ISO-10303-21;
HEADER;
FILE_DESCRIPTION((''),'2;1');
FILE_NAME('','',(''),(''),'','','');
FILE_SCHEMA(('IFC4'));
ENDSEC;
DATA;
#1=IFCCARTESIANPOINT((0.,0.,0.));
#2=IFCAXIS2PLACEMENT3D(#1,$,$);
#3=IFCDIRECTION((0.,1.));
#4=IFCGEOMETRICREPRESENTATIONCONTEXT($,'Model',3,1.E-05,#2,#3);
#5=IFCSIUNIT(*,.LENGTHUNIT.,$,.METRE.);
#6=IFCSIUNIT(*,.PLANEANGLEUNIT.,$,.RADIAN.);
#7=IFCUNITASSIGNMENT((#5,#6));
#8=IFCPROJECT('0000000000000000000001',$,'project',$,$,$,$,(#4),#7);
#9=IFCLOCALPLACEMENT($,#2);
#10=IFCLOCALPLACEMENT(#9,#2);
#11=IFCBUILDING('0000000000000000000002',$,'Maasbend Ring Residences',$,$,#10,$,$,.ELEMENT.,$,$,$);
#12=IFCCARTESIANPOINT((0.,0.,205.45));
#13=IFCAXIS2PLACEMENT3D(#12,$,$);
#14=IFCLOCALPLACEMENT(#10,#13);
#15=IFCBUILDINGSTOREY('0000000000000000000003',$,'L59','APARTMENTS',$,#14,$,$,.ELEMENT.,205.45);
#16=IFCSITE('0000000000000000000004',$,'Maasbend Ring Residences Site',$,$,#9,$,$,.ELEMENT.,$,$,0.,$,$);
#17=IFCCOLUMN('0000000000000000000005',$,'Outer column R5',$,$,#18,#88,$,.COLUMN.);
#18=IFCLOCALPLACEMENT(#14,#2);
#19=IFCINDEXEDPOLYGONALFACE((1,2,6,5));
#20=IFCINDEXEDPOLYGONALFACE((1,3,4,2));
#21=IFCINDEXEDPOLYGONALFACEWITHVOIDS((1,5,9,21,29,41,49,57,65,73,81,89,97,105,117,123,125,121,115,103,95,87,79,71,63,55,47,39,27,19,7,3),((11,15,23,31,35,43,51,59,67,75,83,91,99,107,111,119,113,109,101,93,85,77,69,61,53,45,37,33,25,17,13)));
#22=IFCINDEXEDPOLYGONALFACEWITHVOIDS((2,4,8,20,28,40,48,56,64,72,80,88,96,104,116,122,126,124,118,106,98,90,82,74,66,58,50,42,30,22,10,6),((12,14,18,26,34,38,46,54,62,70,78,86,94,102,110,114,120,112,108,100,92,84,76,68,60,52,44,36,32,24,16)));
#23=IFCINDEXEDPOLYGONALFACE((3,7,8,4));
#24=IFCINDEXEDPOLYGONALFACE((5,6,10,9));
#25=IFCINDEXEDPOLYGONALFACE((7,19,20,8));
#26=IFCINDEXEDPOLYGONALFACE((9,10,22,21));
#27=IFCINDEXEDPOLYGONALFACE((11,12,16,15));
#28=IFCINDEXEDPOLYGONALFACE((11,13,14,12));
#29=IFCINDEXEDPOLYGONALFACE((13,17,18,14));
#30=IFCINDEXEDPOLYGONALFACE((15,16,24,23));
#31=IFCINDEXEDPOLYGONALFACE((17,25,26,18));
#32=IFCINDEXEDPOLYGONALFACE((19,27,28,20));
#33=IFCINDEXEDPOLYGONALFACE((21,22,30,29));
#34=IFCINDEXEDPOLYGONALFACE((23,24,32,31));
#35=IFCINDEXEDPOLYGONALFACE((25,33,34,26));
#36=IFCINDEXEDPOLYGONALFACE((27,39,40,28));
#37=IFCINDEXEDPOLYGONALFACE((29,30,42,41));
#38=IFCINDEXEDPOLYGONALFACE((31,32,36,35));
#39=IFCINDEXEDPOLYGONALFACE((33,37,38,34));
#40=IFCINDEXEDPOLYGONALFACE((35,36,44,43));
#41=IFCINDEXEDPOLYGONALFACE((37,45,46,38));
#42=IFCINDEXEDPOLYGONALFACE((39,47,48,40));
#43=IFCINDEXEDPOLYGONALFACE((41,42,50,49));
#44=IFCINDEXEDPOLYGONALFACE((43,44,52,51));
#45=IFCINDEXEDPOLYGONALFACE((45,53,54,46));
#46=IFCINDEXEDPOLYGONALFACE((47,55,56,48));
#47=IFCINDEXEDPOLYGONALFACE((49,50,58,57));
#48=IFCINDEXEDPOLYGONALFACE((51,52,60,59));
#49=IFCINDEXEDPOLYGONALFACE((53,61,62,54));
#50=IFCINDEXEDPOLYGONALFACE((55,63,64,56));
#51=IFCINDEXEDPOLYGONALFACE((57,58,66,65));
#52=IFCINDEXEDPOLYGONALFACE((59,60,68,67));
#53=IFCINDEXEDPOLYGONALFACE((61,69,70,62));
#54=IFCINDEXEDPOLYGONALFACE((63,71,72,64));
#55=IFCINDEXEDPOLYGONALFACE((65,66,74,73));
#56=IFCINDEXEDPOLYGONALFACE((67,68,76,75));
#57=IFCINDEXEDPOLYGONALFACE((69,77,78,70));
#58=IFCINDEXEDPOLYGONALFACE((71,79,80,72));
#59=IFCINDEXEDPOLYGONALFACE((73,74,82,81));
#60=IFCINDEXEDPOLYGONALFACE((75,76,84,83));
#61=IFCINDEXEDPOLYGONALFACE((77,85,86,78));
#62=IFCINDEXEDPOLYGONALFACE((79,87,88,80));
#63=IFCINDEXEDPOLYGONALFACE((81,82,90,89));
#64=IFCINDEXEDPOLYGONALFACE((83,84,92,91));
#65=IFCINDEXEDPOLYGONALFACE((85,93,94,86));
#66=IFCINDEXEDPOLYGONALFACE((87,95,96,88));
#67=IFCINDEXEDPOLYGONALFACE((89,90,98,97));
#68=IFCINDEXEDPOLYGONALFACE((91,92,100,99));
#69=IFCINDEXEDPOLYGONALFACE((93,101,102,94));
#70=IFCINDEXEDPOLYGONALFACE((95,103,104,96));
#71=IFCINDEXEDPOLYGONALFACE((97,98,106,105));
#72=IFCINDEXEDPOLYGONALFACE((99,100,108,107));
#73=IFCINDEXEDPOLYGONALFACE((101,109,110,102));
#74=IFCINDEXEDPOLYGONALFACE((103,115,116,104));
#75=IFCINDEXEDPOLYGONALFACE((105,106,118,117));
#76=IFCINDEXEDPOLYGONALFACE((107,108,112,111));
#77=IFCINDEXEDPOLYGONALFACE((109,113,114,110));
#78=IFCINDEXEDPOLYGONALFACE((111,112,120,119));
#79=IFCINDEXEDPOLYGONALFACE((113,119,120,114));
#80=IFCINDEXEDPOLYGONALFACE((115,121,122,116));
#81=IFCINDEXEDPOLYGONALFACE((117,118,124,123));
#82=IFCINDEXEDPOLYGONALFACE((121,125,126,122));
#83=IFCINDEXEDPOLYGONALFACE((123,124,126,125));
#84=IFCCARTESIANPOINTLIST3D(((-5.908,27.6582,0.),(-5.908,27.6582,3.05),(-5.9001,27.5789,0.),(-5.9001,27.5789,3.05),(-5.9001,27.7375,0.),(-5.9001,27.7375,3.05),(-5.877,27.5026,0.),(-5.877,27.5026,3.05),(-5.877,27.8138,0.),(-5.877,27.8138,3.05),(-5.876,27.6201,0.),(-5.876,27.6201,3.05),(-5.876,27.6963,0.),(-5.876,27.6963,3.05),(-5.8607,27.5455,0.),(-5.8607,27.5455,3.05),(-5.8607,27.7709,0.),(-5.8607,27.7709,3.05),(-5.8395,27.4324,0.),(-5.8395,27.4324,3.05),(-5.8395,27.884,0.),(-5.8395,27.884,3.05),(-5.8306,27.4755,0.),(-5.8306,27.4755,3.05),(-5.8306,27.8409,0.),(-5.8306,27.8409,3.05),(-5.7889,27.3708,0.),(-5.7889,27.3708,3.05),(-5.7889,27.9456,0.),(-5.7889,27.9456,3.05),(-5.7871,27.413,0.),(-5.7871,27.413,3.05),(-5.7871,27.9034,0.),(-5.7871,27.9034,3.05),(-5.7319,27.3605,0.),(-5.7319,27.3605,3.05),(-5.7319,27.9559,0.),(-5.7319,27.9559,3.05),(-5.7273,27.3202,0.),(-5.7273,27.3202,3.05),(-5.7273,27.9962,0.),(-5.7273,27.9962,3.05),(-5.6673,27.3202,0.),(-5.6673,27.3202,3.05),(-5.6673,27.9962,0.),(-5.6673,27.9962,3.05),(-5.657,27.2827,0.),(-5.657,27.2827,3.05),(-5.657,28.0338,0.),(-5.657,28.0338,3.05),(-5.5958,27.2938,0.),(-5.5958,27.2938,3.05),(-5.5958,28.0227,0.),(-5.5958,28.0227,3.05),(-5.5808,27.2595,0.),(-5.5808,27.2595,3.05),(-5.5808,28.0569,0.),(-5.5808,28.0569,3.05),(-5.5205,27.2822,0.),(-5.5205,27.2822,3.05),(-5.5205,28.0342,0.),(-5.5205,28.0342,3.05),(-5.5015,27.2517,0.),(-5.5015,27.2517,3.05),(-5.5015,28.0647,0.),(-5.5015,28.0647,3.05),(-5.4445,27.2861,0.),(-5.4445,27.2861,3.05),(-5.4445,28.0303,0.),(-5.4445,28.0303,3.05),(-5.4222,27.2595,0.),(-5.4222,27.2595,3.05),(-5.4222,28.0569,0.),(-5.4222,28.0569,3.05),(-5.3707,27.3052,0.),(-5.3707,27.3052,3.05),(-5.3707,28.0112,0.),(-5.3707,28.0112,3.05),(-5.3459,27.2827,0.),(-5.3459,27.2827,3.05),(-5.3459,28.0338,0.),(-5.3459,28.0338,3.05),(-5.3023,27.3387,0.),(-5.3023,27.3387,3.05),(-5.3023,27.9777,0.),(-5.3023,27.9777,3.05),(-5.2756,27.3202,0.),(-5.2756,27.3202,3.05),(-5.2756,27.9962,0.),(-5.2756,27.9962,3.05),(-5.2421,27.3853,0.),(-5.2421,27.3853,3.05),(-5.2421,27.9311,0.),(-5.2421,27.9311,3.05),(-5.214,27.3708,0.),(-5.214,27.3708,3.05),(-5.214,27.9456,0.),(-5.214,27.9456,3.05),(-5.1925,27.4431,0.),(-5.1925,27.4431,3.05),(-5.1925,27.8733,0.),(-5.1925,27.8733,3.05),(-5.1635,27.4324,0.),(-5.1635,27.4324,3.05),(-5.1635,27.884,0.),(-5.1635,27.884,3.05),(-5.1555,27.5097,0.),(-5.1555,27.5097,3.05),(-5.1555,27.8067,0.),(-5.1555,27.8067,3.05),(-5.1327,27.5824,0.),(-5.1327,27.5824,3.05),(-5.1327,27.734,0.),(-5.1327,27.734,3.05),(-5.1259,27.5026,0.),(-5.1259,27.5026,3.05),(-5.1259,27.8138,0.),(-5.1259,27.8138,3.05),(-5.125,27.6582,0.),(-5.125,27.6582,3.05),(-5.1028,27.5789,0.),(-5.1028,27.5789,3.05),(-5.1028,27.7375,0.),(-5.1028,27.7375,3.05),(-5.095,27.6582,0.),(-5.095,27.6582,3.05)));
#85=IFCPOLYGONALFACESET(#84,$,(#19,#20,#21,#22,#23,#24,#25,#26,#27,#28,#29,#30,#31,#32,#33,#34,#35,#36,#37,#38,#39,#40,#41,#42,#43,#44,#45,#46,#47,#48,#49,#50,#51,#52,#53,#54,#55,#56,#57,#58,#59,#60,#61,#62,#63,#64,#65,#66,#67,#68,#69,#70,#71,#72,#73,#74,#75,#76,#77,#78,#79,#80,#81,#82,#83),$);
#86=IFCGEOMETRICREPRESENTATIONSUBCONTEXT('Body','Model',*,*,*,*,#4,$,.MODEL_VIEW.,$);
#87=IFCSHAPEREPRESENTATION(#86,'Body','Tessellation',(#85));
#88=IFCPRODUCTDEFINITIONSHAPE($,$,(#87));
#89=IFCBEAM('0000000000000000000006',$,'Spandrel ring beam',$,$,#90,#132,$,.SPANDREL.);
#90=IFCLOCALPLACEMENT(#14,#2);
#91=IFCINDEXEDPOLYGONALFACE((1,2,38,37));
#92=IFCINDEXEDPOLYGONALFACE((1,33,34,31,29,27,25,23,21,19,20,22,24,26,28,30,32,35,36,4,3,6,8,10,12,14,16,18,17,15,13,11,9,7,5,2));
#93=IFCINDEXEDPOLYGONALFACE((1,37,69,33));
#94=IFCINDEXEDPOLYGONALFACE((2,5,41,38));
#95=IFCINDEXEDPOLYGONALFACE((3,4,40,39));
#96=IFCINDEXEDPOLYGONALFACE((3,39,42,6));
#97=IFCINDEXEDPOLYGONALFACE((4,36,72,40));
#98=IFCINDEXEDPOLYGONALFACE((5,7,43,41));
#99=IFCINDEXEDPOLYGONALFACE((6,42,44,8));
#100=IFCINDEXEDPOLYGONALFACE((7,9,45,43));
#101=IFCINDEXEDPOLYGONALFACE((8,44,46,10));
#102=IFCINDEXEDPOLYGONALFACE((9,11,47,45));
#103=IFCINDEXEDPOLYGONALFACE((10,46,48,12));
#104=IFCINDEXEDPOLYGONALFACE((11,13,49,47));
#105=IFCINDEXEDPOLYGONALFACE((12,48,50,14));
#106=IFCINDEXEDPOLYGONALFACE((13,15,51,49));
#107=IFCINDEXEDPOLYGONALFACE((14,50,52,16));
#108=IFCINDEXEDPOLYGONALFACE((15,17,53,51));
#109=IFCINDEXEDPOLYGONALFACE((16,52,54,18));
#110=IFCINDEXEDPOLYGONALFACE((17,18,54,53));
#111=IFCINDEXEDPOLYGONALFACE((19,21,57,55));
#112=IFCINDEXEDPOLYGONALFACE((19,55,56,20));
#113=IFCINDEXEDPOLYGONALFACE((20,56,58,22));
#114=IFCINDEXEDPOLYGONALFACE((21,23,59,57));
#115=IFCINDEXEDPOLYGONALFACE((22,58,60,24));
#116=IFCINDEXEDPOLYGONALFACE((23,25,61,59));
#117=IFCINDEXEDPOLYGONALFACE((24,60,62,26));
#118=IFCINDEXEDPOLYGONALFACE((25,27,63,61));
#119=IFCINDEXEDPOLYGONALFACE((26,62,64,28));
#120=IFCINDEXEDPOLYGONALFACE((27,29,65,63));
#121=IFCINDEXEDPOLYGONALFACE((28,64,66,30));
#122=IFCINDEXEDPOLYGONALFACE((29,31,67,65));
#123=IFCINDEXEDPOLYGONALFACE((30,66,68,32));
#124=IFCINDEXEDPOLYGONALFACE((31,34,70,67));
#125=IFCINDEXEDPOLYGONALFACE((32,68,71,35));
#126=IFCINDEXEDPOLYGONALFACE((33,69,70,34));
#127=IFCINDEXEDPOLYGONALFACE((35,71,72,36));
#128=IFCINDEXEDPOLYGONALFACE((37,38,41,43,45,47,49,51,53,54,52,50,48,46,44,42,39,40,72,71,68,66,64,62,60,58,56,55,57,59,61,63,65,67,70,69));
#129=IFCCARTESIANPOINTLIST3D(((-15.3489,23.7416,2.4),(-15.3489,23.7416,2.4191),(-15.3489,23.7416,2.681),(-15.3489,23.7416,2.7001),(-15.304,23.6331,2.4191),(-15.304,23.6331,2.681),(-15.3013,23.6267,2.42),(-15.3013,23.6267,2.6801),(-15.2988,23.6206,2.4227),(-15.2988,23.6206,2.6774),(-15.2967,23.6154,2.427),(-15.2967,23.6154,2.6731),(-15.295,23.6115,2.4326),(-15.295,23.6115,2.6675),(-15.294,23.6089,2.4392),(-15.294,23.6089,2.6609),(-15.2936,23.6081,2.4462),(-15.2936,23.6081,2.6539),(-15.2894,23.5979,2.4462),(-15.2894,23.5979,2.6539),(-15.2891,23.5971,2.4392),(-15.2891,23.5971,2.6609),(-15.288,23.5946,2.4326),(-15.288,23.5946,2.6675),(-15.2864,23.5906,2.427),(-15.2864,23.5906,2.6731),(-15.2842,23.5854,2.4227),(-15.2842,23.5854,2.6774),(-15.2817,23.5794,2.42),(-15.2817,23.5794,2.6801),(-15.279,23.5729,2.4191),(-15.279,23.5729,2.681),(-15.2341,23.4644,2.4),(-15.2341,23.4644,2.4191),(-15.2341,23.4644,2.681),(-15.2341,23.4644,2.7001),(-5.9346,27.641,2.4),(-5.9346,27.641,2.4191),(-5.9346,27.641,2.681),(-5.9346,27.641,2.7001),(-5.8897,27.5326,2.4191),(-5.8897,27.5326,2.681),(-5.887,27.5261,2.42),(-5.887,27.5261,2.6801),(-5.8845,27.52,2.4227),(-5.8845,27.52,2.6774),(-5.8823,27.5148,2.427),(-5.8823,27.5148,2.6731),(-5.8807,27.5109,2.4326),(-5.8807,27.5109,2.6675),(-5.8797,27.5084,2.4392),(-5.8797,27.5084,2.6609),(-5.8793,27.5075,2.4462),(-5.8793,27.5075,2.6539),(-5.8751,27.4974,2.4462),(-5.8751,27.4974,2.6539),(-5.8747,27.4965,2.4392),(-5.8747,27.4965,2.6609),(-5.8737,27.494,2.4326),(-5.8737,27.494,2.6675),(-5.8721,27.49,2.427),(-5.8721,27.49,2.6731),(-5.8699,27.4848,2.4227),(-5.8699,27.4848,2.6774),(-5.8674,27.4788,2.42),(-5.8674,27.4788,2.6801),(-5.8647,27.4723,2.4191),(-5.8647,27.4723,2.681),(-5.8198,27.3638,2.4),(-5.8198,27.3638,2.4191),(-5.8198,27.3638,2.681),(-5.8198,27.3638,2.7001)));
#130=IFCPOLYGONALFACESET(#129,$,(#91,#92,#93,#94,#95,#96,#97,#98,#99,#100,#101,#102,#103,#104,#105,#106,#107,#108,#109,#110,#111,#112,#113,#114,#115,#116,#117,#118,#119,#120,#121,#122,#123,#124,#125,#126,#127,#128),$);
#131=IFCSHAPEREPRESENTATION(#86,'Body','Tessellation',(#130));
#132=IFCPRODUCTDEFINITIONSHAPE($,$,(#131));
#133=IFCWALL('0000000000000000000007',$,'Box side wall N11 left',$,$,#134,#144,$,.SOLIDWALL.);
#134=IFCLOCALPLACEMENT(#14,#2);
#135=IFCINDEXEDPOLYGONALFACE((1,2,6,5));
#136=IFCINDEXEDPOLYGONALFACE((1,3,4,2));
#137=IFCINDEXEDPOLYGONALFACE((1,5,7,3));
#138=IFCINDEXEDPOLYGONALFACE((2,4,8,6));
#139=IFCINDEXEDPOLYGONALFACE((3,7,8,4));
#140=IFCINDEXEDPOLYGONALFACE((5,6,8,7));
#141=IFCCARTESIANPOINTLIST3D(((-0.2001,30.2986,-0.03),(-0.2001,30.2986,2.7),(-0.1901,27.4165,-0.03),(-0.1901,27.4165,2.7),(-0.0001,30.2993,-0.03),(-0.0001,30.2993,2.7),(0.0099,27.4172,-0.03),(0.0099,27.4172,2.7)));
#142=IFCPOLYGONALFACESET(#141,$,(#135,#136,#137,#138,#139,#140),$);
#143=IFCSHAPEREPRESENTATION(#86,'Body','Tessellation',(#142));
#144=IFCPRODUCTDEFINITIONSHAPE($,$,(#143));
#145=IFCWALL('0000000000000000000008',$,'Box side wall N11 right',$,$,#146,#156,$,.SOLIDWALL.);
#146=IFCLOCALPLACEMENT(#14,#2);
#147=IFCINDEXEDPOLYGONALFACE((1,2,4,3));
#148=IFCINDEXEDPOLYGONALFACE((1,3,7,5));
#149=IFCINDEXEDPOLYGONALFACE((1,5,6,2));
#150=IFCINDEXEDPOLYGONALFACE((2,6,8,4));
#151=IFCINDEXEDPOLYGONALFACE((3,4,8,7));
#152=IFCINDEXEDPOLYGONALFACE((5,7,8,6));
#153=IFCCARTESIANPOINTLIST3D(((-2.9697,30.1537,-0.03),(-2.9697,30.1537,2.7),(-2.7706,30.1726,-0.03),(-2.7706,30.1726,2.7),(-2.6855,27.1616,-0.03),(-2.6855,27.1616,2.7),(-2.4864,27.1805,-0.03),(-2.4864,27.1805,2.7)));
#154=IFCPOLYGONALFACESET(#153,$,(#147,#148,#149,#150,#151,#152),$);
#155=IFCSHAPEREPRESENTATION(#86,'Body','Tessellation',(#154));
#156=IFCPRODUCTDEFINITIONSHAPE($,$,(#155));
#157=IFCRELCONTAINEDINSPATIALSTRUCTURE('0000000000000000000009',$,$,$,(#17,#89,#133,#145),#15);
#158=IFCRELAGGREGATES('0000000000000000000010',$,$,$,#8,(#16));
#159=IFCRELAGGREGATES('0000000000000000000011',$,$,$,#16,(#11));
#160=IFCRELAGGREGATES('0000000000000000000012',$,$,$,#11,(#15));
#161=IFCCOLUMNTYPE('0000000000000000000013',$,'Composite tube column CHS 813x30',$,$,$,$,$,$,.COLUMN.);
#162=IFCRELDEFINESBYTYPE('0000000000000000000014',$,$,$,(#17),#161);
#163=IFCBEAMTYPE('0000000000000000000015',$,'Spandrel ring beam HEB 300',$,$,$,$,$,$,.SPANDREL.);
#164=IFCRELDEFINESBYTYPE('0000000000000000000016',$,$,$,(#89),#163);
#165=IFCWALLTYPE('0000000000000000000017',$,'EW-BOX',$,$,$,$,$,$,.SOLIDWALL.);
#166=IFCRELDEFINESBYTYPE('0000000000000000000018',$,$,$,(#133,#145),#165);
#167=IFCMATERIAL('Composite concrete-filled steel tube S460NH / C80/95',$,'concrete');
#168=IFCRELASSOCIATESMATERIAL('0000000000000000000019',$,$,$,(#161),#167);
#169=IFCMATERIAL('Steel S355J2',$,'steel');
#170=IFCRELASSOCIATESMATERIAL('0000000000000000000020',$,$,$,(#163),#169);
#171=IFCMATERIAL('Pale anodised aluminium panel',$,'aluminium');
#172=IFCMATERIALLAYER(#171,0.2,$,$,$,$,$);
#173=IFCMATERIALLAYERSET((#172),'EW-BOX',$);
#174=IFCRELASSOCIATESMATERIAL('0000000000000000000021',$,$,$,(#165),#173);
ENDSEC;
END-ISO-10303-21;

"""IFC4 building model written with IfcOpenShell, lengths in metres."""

from ifc_helpers import new_model, si_unit, direction, frame, frame_2d, origin, origin_2d, place, context, subcontext, project, spatial, rectangle, hollow_circle, i_section, extrude, material, layer, layer_set, material_profile, profile_set, type_object, element, save


model = new_model("IFC4")

# Units and contexts
model_context = context("Model", 3, precision=1e-05, world=origin(), true_north=direction((0.0, 1.0)))
body_context = subcontext(model_context, "Body", "Model", "MODEL_VIEW")
ifc_project = project(units=[si_unit("LENGTHUNIT", "METRE"), si_unit("PLANEANGLEUNIT", "RADIAN")], contexts=[model_context])

# Site, building, storey
site_placement = place(None, origin())
site = spatial("IfcSite", under=ifc_project, at=site_placement, Name="Maasbend Ring Residences Site", CompositionType="ELEMENT", RefElevation=0.0)
building_placement = place(site_placement, origin())
building = spatial("IfcBuilding", under=site, at=building_placement, Name="Maasbend Ring Residences", CompositionType="ELEMENT")
storey_placement = place(building_placement, frame((0.0, 0.0, 205.45)))
storey = spatial("IfcBuildingStorey", under=building, at=storey_placement, Name="L59", Description="APARTMENTS", CompositionType="ELEMENT", Elevation=205.45)

# Column
ifc_material_1 = material(Name="Composite concrete-filled steel tube S460NH / C80/95", Category="concrete")
ifc_material_profile_1 = material_profile(ifc_material_1, hollow_circle(Radius=0.4065, WallThickness=0.03, at=origin_2d()), Name="Composite tube column CHS 813x30")
ifc_profile_set_1 = profile_set([ifc_material_profile_1], Name="Composite concrete-filled steel tube S460NH / C80/95")
column_type = type_object("IfcColumnType", Name="Composite tube column CHS 813x30", PredefinedType="COLUMN", material=ifc_profile_set_1)
column_placement = place(storey_placement, frame((-5.5015, 27.6582, 0.0), z_axis=(0.0, 0.0, 1.0), x_axis=(1.0, 0.0, 0.0)))
element("IfcColumn", 1, at=column_placement, inside=storey, type_object=column_type, Name="Outer column R5", PredefinedType="COLUMN", context=body_context, shape_type="SweptSolid", body=[
    extrude(hollow_circle(Radius=0.4065, WallThickness=0.03, at=origin_2d()), origin(), (0.0, 0.0, 1.0), 3.05),
])

# Beam
ifc_material_2 = material(Name="Steel S355J2", Category="steel")
ifc_material_profile_2 = material_profile(ifc_material_2, i_section(OverallWidth=0.3, OverallDepth=0.3, WebThickness=0.011, FlangeThickness=0.019, FilletRadius=0.0271, at=origin_2d()), Name="HEB 300")
ifc_profile_set_2 = profile_set([ifc_material_profile_2], Name="Steel S355J2")
beam_type = type_object("IfcBeamType", Name="Spandrel ring beam HEB 300", PredefinedType="SPANDREL", material=ifc_profile_set_2)
beam_placement = place(storey_placement, frame((-5.8772, 27.5024, 2.55), z_axis=(-0.923884, -0.382673, 0.0), x_axis=(0.382673, -0.923884, 0.0)))
element("IfcBeam", 2, at=beam_placement, inside=storey, type_object=beam_type, Name="Spandrel ring beam", PredefinedType="SPANDREL", context=body_context, shape_type="SweptSolid", body=[
    extrude(i_section(OverallWidth=0.3, OverallDepth=0.3, WebThickness=0.011, FlangeThickness=0.019, FilletRadius=0.0271, at=origin_2d()), origin(), (0.0, 0.0, 1.0), 10.1899),
])

# Walls
ifc_material_3 = material(Name="Pale anodised aluminium panel", Category="aluminium")
ifc_layer_1 = layer(ifc_material_3, 0.2)
ifc_layer_set_1 = layer_set([ifc_layer_1], Name="EW-BOX")
wall_type_1 = type_object("IfcWallType", Name="EW-BOX", PredefinedType="SOLIDWALL", material=ifc_layer_set_1)
wall_1_placement = place(storey_placement, frame((-0.0901, 27.417, -0.03), z_axis=(0.0, 0.0, 1.0), x_axis=(-0.003473, 0.999994, 0.0)))
element("IfcWall", 3, at=wall_1_placement, inside=storey, type_object=wall_type_1, Name="Box side wall N11 left", PredefinedType="SOLIDWALL", context=body_context, shape_type="SweptSolid", body=[
    extrude(rectangle(XDim=2.8821, YDim=0.2, at=frame_2d((1.4409, 0.0))), origin(), (0.0, 0.0, 1.0), 2.73),
])
wall_2_placement = place(storey_placement, frame((-2.5859, 27.1709, -0.03), z_axis=(0.0, 0.0, 1.0), x_axis=(-0.094548, 0.99552, 0.0)))
element("IfcWall", 4, at=wall_2_placement, inside=storey, type_object=wall_type_1, Name="Box side wall N11 right", PredefinedType="SOLIDWALL", context=body_context, shape_type="SweptSolid", body=[
    extrude(rectangle(XDim=3.0056, YDim=0.2, at=frame_2d((1.5029, 0.0))), origin(), (0.0, 0.0, 1.0), 2.73),
])

save(model, "model.ifc")
